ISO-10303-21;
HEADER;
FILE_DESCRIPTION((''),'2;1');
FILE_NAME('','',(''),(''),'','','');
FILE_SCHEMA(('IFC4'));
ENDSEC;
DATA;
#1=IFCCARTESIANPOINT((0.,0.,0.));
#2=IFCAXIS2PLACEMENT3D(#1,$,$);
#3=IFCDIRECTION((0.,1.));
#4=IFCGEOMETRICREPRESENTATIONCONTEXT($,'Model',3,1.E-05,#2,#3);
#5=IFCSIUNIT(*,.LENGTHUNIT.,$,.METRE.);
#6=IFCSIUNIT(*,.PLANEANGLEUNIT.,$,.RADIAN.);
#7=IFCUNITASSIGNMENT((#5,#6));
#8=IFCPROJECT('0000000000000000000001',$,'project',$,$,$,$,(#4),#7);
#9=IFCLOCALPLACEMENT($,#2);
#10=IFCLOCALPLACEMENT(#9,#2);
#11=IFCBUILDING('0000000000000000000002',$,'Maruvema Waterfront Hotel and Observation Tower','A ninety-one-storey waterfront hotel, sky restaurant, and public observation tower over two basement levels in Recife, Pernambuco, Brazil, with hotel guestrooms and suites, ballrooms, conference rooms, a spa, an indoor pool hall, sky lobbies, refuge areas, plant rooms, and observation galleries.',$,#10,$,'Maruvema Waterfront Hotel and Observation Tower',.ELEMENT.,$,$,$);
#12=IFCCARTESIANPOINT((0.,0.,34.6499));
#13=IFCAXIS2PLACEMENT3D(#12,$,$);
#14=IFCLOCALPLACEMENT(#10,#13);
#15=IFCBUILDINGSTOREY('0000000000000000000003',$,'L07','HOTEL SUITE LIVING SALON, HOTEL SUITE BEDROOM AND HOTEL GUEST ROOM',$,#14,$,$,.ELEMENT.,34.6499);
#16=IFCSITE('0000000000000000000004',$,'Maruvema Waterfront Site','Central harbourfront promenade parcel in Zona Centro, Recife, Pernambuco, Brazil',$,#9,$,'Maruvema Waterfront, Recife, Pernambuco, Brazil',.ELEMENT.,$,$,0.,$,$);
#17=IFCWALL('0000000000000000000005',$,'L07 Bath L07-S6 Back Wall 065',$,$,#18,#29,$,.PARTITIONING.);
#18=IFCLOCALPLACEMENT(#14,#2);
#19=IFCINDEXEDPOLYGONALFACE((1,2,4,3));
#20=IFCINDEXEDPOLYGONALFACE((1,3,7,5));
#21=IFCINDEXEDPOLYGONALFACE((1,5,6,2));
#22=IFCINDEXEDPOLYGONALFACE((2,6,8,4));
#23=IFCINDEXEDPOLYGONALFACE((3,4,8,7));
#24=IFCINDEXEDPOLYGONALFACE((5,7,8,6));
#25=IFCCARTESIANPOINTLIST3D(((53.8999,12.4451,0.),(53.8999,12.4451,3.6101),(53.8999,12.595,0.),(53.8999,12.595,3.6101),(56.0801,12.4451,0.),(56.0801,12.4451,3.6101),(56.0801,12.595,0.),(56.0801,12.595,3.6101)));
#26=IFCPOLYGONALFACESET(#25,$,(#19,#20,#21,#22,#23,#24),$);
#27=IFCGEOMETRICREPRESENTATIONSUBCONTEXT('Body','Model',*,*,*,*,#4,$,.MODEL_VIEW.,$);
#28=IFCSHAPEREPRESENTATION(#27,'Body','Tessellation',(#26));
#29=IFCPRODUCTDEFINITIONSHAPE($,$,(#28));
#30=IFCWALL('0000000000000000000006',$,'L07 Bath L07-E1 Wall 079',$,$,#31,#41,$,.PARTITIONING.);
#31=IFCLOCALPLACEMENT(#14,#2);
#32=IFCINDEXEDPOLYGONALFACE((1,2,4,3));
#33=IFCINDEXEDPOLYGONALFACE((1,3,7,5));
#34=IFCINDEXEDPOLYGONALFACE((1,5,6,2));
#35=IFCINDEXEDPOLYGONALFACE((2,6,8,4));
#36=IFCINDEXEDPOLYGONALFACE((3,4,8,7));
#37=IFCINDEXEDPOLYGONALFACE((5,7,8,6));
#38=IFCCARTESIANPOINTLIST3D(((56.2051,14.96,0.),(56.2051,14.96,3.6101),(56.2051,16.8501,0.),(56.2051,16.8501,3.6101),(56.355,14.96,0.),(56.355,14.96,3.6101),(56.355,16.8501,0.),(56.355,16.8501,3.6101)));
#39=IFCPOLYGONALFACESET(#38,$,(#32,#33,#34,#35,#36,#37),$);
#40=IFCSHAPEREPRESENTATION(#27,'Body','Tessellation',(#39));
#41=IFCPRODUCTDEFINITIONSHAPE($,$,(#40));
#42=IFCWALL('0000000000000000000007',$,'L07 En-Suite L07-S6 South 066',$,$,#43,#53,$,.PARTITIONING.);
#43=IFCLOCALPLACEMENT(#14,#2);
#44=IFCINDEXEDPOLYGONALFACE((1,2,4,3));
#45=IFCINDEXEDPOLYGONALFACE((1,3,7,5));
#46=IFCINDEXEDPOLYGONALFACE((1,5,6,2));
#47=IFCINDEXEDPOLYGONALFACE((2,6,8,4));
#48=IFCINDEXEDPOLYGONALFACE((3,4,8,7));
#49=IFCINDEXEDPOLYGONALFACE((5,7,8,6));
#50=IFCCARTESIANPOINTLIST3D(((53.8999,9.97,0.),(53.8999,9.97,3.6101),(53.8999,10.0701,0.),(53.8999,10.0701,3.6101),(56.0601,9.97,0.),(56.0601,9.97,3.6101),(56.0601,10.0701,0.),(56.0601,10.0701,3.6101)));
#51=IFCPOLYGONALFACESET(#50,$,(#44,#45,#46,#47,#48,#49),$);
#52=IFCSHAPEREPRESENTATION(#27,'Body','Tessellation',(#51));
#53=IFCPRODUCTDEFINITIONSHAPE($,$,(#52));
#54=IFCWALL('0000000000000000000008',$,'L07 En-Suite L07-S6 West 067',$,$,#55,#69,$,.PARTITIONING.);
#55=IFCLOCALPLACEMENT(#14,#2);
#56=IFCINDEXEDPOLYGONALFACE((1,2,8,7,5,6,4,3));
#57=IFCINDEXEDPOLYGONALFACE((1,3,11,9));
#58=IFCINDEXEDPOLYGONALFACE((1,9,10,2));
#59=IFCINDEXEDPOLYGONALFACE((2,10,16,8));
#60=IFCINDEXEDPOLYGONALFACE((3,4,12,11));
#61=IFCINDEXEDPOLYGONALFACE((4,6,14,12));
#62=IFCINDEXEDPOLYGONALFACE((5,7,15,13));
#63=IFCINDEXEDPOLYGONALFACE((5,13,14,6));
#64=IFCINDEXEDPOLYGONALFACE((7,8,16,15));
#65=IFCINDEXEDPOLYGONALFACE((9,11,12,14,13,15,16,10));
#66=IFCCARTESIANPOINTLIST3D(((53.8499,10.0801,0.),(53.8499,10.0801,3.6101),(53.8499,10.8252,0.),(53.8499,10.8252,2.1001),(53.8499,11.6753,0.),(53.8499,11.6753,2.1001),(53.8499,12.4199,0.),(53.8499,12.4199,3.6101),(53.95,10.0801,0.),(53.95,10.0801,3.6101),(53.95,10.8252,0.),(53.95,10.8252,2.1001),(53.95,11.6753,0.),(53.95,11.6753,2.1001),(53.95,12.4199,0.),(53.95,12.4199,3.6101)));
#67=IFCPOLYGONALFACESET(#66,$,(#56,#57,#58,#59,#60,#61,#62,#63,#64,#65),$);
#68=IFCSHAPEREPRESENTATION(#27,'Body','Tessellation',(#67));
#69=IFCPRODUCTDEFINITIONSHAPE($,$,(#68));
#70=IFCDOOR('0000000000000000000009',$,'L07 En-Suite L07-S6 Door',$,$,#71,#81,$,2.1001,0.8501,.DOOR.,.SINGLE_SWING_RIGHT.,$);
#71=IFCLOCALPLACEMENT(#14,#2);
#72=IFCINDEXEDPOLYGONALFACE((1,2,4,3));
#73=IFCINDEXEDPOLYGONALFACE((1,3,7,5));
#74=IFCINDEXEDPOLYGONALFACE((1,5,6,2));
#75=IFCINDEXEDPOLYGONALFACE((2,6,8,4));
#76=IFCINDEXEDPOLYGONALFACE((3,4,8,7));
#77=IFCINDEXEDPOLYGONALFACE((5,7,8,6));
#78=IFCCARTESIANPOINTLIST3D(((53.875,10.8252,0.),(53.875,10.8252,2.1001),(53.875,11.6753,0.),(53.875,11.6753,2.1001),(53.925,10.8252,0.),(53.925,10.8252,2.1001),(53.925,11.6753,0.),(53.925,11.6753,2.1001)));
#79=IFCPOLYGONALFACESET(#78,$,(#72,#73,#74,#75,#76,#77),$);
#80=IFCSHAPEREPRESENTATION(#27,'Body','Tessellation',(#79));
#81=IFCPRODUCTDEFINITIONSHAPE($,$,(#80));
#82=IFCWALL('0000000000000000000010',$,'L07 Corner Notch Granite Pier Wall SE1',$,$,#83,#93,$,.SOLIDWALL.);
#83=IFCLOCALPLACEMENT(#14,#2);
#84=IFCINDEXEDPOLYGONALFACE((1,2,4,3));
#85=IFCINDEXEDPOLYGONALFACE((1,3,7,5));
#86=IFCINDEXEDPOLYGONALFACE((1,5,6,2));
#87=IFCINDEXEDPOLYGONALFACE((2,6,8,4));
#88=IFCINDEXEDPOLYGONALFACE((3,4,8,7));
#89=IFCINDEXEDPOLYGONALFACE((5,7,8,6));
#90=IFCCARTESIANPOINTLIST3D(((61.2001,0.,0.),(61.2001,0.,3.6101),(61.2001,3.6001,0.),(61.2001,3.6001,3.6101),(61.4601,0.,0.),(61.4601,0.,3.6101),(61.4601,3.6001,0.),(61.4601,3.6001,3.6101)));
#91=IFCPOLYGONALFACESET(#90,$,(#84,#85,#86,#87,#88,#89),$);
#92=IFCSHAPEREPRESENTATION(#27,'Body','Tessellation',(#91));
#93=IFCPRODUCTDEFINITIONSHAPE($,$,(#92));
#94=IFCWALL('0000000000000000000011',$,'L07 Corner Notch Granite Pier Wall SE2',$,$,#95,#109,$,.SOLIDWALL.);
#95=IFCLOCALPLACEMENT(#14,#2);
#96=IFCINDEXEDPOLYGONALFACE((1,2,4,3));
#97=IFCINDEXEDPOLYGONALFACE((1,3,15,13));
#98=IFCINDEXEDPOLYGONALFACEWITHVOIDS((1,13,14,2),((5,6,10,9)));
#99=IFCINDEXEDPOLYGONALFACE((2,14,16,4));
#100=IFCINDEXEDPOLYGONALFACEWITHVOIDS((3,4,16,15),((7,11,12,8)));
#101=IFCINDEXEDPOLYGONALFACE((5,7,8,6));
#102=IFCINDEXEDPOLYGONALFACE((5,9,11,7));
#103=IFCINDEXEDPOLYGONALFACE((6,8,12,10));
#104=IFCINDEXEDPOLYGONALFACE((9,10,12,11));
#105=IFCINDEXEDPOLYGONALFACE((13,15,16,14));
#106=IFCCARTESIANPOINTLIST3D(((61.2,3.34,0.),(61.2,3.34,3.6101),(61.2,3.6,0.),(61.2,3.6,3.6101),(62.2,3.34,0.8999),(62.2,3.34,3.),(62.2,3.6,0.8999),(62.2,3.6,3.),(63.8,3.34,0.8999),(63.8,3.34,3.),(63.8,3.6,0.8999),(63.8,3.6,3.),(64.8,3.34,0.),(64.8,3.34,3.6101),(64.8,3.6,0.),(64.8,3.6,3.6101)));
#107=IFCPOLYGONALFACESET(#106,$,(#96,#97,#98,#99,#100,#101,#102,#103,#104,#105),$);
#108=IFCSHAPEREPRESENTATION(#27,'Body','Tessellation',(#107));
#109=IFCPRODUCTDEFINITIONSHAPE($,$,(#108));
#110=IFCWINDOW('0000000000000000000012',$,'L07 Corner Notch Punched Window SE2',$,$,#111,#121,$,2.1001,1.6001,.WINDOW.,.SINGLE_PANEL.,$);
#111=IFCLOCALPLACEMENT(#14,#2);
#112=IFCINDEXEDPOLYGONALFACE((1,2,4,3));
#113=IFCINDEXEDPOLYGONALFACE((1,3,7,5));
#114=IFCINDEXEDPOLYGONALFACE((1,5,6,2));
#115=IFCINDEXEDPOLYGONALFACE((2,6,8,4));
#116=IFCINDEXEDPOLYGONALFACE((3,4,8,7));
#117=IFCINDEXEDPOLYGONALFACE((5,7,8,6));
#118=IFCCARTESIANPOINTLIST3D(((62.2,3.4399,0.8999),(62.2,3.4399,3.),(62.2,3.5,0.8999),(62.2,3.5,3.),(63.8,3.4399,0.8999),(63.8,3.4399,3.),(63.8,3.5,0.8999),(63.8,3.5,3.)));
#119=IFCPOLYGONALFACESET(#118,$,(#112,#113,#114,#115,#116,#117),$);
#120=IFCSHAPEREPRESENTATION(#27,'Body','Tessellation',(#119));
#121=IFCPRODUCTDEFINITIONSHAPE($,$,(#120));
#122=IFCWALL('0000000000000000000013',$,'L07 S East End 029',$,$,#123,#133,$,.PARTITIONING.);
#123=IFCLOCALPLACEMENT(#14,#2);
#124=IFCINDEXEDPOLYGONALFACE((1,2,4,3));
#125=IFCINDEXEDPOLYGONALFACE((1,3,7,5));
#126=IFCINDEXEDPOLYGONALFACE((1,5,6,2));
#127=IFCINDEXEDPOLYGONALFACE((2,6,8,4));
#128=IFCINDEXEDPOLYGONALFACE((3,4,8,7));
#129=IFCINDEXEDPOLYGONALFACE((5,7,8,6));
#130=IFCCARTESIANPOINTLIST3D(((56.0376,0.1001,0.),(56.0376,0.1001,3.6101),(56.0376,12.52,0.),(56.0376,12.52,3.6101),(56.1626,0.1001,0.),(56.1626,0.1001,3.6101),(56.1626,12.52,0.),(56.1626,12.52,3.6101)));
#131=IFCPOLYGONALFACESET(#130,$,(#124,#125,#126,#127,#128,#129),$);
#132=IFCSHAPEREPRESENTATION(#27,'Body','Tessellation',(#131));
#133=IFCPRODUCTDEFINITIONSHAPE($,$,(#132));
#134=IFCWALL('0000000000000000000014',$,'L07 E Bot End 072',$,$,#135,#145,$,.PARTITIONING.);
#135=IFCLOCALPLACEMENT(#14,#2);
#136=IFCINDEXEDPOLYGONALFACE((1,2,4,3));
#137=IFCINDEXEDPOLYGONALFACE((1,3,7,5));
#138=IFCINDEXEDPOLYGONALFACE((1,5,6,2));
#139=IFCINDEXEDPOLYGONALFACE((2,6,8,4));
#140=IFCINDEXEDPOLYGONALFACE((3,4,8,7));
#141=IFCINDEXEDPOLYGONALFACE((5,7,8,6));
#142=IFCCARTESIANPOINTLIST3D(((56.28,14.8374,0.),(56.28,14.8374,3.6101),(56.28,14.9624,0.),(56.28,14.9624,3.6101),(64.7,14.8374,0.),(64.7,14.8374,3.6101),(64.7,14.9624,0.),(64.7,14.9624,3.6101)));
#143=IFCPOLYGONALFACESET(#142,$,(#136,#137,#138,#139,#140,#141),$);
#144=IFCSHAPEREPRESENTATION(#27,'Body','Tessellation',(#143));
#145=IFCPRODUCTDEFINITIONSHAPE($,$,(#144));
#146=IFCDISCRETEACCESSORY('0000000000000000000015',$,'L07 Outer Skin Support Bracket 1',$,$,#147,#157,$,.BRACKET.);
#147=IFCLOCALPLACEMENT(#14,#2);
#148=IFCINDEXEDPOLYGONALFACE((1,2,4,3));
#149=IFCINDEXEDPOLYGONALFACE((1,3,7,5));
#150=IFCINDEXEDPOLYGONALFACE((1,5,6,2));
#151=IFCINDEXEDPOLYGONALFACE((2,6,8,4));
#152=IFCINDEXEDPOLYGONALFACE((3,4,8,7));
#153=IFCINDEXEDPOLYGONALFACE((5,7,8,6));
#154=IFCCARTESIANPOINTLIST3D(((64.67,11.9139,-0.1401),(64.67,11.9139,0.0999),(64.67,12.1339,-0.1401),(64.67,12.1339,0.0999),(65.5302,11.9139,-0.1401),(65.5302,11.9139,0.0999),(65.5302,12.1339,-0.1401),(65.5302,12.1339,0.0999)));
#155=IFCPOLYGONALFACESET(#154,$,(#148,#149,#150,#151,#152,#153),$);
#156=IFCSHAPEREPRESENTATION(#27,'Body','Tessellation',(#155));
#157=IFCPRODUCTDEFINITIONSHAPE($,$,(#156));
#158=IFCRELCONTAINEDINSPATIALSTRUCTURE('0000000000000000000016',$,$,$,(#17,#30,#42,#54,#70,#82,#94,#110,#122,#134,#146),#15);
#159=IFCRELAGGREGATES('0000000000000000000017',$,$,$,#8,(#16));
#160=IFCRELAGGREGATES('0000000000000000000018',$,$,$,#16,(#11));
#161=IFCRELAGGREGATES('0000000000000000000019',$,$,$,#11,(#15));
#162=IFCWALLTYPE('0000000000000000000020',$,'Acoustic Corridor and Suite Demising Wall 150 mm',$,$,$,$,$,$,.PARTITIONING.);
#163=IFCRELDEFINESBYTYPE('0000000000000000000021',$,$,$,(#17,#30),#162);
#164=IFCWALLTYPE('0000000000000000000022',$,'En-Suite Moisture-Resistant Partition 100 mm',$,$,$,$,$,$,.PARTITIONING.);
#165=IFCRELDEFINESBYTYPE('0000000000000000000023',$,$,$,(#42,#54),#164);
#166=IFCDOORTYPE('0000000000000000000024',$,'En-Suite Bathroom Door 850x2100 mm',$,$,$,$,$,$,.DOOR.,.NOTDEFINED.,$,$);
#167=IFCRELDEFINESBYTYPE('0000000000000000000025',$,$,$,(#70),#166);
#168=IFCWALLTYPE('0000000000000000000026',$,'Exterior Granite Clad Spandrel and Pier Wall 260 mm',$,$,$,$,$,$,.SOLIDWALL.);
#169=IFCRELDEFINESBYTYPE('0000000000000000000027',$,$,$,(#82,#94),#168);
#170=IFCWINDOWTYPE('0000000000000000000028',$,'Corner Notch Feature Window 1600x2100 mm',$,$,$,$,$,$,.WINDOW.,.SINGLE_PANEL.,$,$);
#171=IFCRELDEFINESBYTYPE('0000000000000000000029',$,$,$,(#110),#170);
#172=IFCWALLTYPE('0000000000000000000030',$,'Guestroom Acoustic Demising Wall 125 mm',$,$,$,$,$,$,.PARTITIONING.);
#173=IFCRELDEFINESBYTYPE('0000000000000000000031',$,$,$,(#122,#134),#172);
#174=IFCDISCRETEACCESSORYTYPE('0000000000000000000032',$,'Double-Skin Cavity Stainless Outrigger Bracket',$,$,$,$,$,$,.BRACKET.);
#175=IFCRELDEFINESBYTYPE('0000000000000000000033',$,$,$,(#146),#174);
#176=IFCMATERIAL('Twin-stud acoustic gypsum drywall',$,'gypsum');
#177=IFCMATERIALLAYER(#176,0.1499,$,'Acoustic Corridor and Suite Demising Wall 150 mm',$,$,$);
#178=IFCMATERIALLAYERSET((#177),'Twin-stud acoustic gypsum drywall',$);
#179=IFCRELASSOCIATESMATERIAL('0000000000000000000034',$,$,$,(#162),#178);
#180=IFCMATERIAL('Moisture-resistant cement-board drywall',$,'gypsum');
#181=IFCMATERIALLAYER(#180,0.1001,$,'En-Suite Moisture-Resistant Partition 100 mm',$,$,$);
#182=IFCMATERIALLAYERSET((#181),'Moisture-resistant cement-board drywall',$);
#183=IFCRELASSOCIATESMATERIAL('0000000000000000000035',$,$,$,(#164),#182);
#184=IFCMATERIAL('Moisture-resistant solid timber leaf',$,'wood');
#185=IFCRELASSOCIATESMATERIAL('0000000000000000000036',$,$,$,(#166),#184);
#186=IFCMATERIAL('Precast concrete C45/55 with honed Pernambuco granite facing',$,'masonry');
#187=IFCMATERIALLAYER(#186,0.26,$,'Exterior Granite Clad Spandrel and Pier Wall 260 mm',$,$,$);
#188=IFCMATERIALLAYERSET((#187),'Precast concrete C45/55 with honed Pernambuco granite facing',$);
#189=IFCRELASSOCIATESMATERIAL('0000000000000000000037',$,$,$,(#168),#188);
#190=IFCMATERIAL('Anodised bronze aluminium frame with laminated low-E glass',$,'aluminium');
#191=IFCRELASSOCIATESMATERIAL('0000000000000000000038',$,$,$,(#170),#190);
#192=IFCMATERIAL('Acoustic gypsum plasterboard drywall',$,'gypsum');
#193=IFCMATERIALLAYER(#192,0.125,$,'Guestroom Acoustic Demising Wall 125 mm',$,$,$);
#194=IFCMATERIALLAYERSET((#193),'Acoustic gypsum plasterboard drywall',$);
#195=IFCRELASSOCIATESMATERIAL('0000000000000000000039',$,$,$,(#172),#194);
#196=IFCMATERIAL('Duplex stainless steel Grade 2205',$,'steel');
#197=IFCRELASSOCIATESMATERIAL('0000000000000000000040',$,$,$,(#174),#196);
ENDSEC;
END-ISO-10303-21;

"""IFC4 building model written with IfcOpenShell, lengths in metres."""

from ifc_helpers import new_model, si_unit, direction, frame, frame_2d, origin, origin_2d, place, context, subcontext, project, spatial, rectangle, extrude, material, layer, layer_set, type_object, element, fill, save


model = new_model("IFC4")

# Units and contexts
model_context = context("Model", 3, precision=1e-05, world=origin(), true_north=direction((0.0, 1.0)))
body_context = subcontext(model_context, "Body", "Model", "MODEL_VIEW")
ifc_project = project(units=[si_unit("LENGTHUNIT", "METRE"), si_unit("PLANEANGLEUNIT", "RADIAN")], contexts=[model_context])

# Site, building, storey
site_placement = place(None, origin())
site = spatial("IfcSite", under=ifc_project, at=site_placement, Name="Maruvema Waterfront Site", Description="Central harbourfront promenade parcel in Zona Centro, Recife, Pernambuco, Brazil", LongName="Maruvema Waterfront, Recife, Pernambuco, Brazil", CompositionType="ELEMENT", RefElevation=0.0)
building_placement = place(site_placement, origin())
building = spatial("IfcBuilding", under=site, at=building_placement, Name="Maruvema Waterfront Hotel and Observation Tower", Description="A ninety-one-storey waterfront hotel, sky restaurant, and public observation tower over two basement levels in Recife, Pernambuco, Brazil, with hotel guestrooms and suites, ballrooms, conference rooms, a spa, an indoor pool hall, sky lobbies, refuge areas, plant rooms, and observation galleries.", LongName="Maruvema Waterfront Hotel and Observation Tower", CompositionType="ELEMENT")
storey_placement = place(building_placement, frame((0.0, 0.0, 34.6499)))
storey = spatial("IfcBuildingStorey", under=building, at=storey_placement, Name="L07", Description="HOTEL SUITE LIVING SALON, HOTEL SUITE BEDROOM AND HOTEL GUEST ROOM", CompositionType="ELEMENT", Elevation=34.6499)

# Walls
ifc_material_1 = material(Name="Twin-stud acoustic gypsum drywall", Category="gypsum")
ifc_layer_1 = layer(ifc_material_1, 0.1499, Name="Acoustic Corridor and Suite Demising Wall 150 mm")
ifc_layer_set_1 = layer_set([ifc_layer_1], Name="Twin-stud acoustic gypsum drywall")
wall_type_1 = type_object("IfcWallType", Name="Acoustic Corridor and Suite Demising Wall 150 mm", PredefinedType="PARTITIONING", material=ifc_layer_set_1)
wall_1_placement = place(storey_placement, frame((53.8999, 12.52, 0.0), z_axis=(0.0, 0.0, 1.0), x_axis=(1.0, 0.0, 0.0)))
element("IfcWall", 1, at=wall_1_placement, inside=storey, type_object=wall_type_1, Name="L07 Bath L07-S6 Back Wall 065", PredefinedType="PARTITIONING", context=body_context, shape_type="SweptSolid", body=[
    extrude(rectangle(XDim=2.1802, YDim=0.1499, at=frame_2d((1.0901, 0.0))), origin(), (0.0, 0.0, 1.0), 3.6101),
])
wall_2_placement = place(storey_placement, frame((56.28, 14.96, 0.0), z_axis=(0.0, 0.0, 1.0), x_axis=(0.0, 1.0, 0.0)))
element("IfcWall", 2, at=wall_2_placement, inside=storey, type_object=wall_type_1, Name="L07 Bath L07-E1 Wall 079", PredefinedType="PARTITIONING", context=body_context, shape_type="SweptSolid", body=[
    extrude(rectangle(XDim=1.8901, YDim=0.1499, at=frame_2d((0.9451, 0.0))), origin(), (0.0, 0.0, 1.0), 3.6101),
])
ifc_material_2 = material(Name="Moisture-resistant cement-board drywall", Category="gypsum")
ifc_layer_2 = layer(ifc_material_2, 0.1001, Name="En-Suite Moisture-Resistant Partition 100 mm")
ifc_layer_set_2 = layer_set([ifc_layer_2], Name="Moisture-resistant cement-board drywall")
wall_type_2 = type_object("IfcWallType", Name="En-Suite Moisture-Resistant Partition 100 mm", PredefinedType="PARTITIONING", material=ifc_layer_set_2)
wall_3_placement = place(storey_placement, frame((53.8999, 10.02, 0.0), z_axis=(0.0, 0.0, 1.0), x_axis=(1.0, 0.0, 0.0)))
element("IfcWall", 3, at=wall_3_placement, inside=storey, type_object=wall_type_2, Name="L07 En-Suite L07-S6 South 066", PredefinedType="PARTITIONING", context=body_context, shape_type="SweptSolid", body=[
    extrude(rectangle(XDim=2.1602, YDim=0.1001, at=frame_2d((1.0801, 0.0))), origin(), (0.0, 0.0, 1.0), 3.6101),
])

# Wall, opening, door
wall_4_placement = place(storey_placement, frame((53.8999, 10.0801, 0.0), z_axis=(0.0, 0.0, 1.0), x_axis=(0.0, 1.0, 0.0)))
wall_4 = element("IfcWall", 4, at=wall_4_placement, inside=storey, type_object=wall_type_2, Name="L07 En-Suite L07-S6 West 067", PredefinedType="PARTITIONING", context=body_context, shape_type="SweptSolid", body=[
    extrude(rectangle(XDim=2.3398, YDim=0.1001, at=frame_2d((1.1699, 0.0))), origin(), (0.0, 0.0, 1.0), 3.6101),
])
opening_1_placement = place(wall_4_placement, frame((0.7451, 0.0, 0.0)))
opening_1 = element("IfcOpeningElement", 5, at=opening_1_placement, cuts=wall_4, PredefinedType="OPENING", context=body_context, shape_type="SweptSolid", body=[
    extrude(rectangle(XDim=0.8501, YDim=2.1001, at=frame_2d((0.425, 1.05))), frame((0.0, 0.0601, 0.0), z_axis=(0.0, -1.0, 0.0), x_axis=(1.0, 0.0, 0.0)), (0.0, 0.0, 1.0), 0.1201),
])
ifc_material_3 = material(Name="Moisture-resistant solid timber leaf", Category="wood")
door_type = type_object("IfcDoorType", Name="En-Suite Bathroom Door 850x2100 mm", OperationType="NOTDEFINED", PredefinedType="DOOR", material=ifc_material_3)
door_placement = place(opening_1_placement, origin())
door = element("IfcDoor", 6, at=door_placement, inside=storey, type_object=door_type, Name="L07 En-Suite L07-S6 Door", OperationType="SINGLE_SWING_RIGHT", OverallHeight=2.1001, OverallWidth=0.8501, PredefinedType="DOOR", context=body_context, shape_type="SweptSolid", body=[
    extrude(rectangle(XDim=0.8501, YDim=2.1001, at=frame_2d((0.425, 1.05))), frame((0.0, 0.0249, 0.0), z_axis=(0.0, -1.0, 0.0), x_axis=(1.0, 0.0, 0.0)), (0.0, 0.0, 1.0), 0.05),
])
fill(opening_1, door)

# Wall
ifc_material_4 = material(Name="Precast concrete C45/55 with honed Pernambuco granite facing", Category="masonry")
ifc_layer_3 = layer(ifc_material_4, 0.26, Name="Exterior Granite Clad Spandrel and Pier Wall 260 mm")
ifc_layer_set_3 = layer_set([ifc_layer_3], Name="Precast concrete C45/55 with honed Pernambuco granite facing")
wall_type_3 = type_object("IfcWallType", Name="Exterior Granite Clad Spandrel and Pier Wall 260 mm", PredefinedType="SOLIDWALL", material=ifc_layer_set_3)
wall_5_placement = place(storey_placement, frame((61.3301, 3.6001, 0.0), z_axis=(0.0, 0.0, 1.0), x_axis=(0.0, -1.0, 0.0)))
element("IfcWall", 7, at=wall_5_placement, inside=storey, type_object=wall_type_3, Name="L07 Corner Notch Granite Pier Wall SE1", PredefinedType="SOLIDWALL", context=body_context, shape_type="SweptSolid", body=[
    extrude(rectangle(XDim=3.6001, YDim=0.26, at=frame_2d((1.8, 0.0))), origin(), (0.0, 0.0, 1.0), 3.6101),
])

# Wall, opening, window
wall_6_placement = place(storey_placement, frame((64.8, 3.47, 0.0), z_axis=(0.0, 0.0, 1.0), x_axis=(-1.0, 0.0, 0.0)))
wall_6 = element("IfcWall", 8, at=wall_6_placement, inside=storey, type_object=wall_type_3, Name="L07 Corner Notch Granite Pier Wall SE2", PredefinedType="SOLIDWALL", context=body_context, shape_type="SweptSolid", body=[
    extrude(rectangle(XDim=3.6001, YDim=0.26, at=frame_2d((1.8, 0.0))), origin(), (0.0, 0.0, 1.0), 3.6101),
])
opening_2_placement = place(wall_6_placement, frame((1.0, 0.0, 0.8999)))
opening_2 = element("IfcOpeningElement", 9, at=opening_2_placement, cuts=wall_6, PredefinedType="OPENING", context=body_context, shape_type="SweptSolid", body=[
    extrude(rectangle(XDim=1.6001, YDim=2.1001, at=frame_2d((0.8, 1.05))), frame((0.0, 0.1401, 0.0), z_axis=(0.0, -1.0, 0.0), x_axis=(1.0, 0.0, 0.0)), (0.0, 0.0, 1.0), 0.28),
])
ifc_material_5 = material(Name="Anodised bronze aluminium frame with laminated low-E glass", Category="aluminium")
window_type = type_object("IfcWindowType", Name="Corner Notch Feature Window 1600x2100 mm", PartitioningType="SINGLE_PANEL", PredefinedType="WINDOW", material=ifc_material_5)
window_placement = place(opening_2_placement, origin())
window = element("IfcWindow", 10, at=window_placement, inside=storey, type_object=window_type, Name="L07 Corner Notch Punched Window SE2", OverallHeight=2.1001, OverallWidth=1.6001, PartitioningType="SINGLE_PANEL", PredefinedType="WINDOW", context=body_context, shape_type="SweptSolid", body=[
    extrude(rectangle(XDim=1.6001, YDim=2.1001, at=frame_2d((0.8, 1.05))), frame((0.0, 0.03, 0.0), z_axis=(0.0, -1.0, 0.0), x_axis=(1.0, 0.0, 0.0)), (0.0, 0.0, 1.0), 0.0601),
])
fill(opening_2, window)

# Walls
ifc_material_6 = material(Name="Acoustic gypsum plasterboard drywall", Category="gypsum")
ifc_layer_4 = layer(ifc_material_6, 0.125, Name="Guestroom Acoustic Demising Wall 125 mm")
ifc_layer_set_4 = layer_set([ifc_layer_4], Name="Acoustic gypsum plasterboard drywall")
wall_type_4 = type_object("IfcWallType", Name="Guestroom Acoustic Demising Wall 125 mm", PredefinedType="PARTITIONING", material=ifc_layer_set_4)
wall_7_placement = place(storey_placement, frame((56.1001, 0.1001, 0.0), z_axis=(0.0, 0.0, 1.0), x_axis=(0.0, 1.0, 0.0)))
element("IfcWall", 11, at=wall_7_placement, inside=storey, type_object=wall_type_4, Name="L07 S East End 029", PredefinedType="PARTITIONING", context=body_context, shape_type="SweptSolid", body=[
    extrude(rectangle(XDim=12.4199, YDim=0.125, at=frame_2d((6.21, 0.0))), origin(), (0.0, 0.0, 1.0), 3.6101),
])
wall_8_placement = place(storey_placement, frame((56.28, 14.8999, 0.0), z_axis=(0.0, 0.0, 1.0), x_axis=(1.0, 0.0, 0.0)))
element("IfcWall", 12, at=wall_8_placement, inside=storey, type_object=wall_type_4, Name="L07 E Bot End 072", PredefinedType="PARTITIONING", context=body_context, shape_type="SweptSolid", body=[
    extrude(rectangle(XDim=8.4199, YDim=0.125, at=frame_2d((4.21, 0.0))), origin(), (0.0, 0.0, 1.0), 3.6101),
])

# Discrete accessory
ifc_material_7 = material(Name="Duplex stainless steel Grade 2205", Category="steel")
discrete_accessory_type = type_object("IfcDiscreteAccessoryType", Name="Double-Skin Cavity Stainless Outrigger Bracket", PredefinedType="BRACKET", material=ifc_material_7)
discrete_accessory_placement = place(storey_placement, frame((65.1001, 12.0239, -0.1401), z_axis=(0.0, 0.0, 1.0), x_axis=(0.0, 1.0, 0.0)))
element("IfcDiscreteAccessory", 13, at=discrete_accessory_placement, inside=storey, type_object=discrete_accessory_type, Name="L07 Outer Skin Support Bracket 1", PredefinedType="BRACKET", context=body_context, shape_type="SweptSolid", body=[
    extrude(rectangle(XDim=0.22, YDim=0.8601, at=origin_2d()), origin(), (0.0, 0.0, 1.0), 0.24),
])

save(model, "model.ifc")
